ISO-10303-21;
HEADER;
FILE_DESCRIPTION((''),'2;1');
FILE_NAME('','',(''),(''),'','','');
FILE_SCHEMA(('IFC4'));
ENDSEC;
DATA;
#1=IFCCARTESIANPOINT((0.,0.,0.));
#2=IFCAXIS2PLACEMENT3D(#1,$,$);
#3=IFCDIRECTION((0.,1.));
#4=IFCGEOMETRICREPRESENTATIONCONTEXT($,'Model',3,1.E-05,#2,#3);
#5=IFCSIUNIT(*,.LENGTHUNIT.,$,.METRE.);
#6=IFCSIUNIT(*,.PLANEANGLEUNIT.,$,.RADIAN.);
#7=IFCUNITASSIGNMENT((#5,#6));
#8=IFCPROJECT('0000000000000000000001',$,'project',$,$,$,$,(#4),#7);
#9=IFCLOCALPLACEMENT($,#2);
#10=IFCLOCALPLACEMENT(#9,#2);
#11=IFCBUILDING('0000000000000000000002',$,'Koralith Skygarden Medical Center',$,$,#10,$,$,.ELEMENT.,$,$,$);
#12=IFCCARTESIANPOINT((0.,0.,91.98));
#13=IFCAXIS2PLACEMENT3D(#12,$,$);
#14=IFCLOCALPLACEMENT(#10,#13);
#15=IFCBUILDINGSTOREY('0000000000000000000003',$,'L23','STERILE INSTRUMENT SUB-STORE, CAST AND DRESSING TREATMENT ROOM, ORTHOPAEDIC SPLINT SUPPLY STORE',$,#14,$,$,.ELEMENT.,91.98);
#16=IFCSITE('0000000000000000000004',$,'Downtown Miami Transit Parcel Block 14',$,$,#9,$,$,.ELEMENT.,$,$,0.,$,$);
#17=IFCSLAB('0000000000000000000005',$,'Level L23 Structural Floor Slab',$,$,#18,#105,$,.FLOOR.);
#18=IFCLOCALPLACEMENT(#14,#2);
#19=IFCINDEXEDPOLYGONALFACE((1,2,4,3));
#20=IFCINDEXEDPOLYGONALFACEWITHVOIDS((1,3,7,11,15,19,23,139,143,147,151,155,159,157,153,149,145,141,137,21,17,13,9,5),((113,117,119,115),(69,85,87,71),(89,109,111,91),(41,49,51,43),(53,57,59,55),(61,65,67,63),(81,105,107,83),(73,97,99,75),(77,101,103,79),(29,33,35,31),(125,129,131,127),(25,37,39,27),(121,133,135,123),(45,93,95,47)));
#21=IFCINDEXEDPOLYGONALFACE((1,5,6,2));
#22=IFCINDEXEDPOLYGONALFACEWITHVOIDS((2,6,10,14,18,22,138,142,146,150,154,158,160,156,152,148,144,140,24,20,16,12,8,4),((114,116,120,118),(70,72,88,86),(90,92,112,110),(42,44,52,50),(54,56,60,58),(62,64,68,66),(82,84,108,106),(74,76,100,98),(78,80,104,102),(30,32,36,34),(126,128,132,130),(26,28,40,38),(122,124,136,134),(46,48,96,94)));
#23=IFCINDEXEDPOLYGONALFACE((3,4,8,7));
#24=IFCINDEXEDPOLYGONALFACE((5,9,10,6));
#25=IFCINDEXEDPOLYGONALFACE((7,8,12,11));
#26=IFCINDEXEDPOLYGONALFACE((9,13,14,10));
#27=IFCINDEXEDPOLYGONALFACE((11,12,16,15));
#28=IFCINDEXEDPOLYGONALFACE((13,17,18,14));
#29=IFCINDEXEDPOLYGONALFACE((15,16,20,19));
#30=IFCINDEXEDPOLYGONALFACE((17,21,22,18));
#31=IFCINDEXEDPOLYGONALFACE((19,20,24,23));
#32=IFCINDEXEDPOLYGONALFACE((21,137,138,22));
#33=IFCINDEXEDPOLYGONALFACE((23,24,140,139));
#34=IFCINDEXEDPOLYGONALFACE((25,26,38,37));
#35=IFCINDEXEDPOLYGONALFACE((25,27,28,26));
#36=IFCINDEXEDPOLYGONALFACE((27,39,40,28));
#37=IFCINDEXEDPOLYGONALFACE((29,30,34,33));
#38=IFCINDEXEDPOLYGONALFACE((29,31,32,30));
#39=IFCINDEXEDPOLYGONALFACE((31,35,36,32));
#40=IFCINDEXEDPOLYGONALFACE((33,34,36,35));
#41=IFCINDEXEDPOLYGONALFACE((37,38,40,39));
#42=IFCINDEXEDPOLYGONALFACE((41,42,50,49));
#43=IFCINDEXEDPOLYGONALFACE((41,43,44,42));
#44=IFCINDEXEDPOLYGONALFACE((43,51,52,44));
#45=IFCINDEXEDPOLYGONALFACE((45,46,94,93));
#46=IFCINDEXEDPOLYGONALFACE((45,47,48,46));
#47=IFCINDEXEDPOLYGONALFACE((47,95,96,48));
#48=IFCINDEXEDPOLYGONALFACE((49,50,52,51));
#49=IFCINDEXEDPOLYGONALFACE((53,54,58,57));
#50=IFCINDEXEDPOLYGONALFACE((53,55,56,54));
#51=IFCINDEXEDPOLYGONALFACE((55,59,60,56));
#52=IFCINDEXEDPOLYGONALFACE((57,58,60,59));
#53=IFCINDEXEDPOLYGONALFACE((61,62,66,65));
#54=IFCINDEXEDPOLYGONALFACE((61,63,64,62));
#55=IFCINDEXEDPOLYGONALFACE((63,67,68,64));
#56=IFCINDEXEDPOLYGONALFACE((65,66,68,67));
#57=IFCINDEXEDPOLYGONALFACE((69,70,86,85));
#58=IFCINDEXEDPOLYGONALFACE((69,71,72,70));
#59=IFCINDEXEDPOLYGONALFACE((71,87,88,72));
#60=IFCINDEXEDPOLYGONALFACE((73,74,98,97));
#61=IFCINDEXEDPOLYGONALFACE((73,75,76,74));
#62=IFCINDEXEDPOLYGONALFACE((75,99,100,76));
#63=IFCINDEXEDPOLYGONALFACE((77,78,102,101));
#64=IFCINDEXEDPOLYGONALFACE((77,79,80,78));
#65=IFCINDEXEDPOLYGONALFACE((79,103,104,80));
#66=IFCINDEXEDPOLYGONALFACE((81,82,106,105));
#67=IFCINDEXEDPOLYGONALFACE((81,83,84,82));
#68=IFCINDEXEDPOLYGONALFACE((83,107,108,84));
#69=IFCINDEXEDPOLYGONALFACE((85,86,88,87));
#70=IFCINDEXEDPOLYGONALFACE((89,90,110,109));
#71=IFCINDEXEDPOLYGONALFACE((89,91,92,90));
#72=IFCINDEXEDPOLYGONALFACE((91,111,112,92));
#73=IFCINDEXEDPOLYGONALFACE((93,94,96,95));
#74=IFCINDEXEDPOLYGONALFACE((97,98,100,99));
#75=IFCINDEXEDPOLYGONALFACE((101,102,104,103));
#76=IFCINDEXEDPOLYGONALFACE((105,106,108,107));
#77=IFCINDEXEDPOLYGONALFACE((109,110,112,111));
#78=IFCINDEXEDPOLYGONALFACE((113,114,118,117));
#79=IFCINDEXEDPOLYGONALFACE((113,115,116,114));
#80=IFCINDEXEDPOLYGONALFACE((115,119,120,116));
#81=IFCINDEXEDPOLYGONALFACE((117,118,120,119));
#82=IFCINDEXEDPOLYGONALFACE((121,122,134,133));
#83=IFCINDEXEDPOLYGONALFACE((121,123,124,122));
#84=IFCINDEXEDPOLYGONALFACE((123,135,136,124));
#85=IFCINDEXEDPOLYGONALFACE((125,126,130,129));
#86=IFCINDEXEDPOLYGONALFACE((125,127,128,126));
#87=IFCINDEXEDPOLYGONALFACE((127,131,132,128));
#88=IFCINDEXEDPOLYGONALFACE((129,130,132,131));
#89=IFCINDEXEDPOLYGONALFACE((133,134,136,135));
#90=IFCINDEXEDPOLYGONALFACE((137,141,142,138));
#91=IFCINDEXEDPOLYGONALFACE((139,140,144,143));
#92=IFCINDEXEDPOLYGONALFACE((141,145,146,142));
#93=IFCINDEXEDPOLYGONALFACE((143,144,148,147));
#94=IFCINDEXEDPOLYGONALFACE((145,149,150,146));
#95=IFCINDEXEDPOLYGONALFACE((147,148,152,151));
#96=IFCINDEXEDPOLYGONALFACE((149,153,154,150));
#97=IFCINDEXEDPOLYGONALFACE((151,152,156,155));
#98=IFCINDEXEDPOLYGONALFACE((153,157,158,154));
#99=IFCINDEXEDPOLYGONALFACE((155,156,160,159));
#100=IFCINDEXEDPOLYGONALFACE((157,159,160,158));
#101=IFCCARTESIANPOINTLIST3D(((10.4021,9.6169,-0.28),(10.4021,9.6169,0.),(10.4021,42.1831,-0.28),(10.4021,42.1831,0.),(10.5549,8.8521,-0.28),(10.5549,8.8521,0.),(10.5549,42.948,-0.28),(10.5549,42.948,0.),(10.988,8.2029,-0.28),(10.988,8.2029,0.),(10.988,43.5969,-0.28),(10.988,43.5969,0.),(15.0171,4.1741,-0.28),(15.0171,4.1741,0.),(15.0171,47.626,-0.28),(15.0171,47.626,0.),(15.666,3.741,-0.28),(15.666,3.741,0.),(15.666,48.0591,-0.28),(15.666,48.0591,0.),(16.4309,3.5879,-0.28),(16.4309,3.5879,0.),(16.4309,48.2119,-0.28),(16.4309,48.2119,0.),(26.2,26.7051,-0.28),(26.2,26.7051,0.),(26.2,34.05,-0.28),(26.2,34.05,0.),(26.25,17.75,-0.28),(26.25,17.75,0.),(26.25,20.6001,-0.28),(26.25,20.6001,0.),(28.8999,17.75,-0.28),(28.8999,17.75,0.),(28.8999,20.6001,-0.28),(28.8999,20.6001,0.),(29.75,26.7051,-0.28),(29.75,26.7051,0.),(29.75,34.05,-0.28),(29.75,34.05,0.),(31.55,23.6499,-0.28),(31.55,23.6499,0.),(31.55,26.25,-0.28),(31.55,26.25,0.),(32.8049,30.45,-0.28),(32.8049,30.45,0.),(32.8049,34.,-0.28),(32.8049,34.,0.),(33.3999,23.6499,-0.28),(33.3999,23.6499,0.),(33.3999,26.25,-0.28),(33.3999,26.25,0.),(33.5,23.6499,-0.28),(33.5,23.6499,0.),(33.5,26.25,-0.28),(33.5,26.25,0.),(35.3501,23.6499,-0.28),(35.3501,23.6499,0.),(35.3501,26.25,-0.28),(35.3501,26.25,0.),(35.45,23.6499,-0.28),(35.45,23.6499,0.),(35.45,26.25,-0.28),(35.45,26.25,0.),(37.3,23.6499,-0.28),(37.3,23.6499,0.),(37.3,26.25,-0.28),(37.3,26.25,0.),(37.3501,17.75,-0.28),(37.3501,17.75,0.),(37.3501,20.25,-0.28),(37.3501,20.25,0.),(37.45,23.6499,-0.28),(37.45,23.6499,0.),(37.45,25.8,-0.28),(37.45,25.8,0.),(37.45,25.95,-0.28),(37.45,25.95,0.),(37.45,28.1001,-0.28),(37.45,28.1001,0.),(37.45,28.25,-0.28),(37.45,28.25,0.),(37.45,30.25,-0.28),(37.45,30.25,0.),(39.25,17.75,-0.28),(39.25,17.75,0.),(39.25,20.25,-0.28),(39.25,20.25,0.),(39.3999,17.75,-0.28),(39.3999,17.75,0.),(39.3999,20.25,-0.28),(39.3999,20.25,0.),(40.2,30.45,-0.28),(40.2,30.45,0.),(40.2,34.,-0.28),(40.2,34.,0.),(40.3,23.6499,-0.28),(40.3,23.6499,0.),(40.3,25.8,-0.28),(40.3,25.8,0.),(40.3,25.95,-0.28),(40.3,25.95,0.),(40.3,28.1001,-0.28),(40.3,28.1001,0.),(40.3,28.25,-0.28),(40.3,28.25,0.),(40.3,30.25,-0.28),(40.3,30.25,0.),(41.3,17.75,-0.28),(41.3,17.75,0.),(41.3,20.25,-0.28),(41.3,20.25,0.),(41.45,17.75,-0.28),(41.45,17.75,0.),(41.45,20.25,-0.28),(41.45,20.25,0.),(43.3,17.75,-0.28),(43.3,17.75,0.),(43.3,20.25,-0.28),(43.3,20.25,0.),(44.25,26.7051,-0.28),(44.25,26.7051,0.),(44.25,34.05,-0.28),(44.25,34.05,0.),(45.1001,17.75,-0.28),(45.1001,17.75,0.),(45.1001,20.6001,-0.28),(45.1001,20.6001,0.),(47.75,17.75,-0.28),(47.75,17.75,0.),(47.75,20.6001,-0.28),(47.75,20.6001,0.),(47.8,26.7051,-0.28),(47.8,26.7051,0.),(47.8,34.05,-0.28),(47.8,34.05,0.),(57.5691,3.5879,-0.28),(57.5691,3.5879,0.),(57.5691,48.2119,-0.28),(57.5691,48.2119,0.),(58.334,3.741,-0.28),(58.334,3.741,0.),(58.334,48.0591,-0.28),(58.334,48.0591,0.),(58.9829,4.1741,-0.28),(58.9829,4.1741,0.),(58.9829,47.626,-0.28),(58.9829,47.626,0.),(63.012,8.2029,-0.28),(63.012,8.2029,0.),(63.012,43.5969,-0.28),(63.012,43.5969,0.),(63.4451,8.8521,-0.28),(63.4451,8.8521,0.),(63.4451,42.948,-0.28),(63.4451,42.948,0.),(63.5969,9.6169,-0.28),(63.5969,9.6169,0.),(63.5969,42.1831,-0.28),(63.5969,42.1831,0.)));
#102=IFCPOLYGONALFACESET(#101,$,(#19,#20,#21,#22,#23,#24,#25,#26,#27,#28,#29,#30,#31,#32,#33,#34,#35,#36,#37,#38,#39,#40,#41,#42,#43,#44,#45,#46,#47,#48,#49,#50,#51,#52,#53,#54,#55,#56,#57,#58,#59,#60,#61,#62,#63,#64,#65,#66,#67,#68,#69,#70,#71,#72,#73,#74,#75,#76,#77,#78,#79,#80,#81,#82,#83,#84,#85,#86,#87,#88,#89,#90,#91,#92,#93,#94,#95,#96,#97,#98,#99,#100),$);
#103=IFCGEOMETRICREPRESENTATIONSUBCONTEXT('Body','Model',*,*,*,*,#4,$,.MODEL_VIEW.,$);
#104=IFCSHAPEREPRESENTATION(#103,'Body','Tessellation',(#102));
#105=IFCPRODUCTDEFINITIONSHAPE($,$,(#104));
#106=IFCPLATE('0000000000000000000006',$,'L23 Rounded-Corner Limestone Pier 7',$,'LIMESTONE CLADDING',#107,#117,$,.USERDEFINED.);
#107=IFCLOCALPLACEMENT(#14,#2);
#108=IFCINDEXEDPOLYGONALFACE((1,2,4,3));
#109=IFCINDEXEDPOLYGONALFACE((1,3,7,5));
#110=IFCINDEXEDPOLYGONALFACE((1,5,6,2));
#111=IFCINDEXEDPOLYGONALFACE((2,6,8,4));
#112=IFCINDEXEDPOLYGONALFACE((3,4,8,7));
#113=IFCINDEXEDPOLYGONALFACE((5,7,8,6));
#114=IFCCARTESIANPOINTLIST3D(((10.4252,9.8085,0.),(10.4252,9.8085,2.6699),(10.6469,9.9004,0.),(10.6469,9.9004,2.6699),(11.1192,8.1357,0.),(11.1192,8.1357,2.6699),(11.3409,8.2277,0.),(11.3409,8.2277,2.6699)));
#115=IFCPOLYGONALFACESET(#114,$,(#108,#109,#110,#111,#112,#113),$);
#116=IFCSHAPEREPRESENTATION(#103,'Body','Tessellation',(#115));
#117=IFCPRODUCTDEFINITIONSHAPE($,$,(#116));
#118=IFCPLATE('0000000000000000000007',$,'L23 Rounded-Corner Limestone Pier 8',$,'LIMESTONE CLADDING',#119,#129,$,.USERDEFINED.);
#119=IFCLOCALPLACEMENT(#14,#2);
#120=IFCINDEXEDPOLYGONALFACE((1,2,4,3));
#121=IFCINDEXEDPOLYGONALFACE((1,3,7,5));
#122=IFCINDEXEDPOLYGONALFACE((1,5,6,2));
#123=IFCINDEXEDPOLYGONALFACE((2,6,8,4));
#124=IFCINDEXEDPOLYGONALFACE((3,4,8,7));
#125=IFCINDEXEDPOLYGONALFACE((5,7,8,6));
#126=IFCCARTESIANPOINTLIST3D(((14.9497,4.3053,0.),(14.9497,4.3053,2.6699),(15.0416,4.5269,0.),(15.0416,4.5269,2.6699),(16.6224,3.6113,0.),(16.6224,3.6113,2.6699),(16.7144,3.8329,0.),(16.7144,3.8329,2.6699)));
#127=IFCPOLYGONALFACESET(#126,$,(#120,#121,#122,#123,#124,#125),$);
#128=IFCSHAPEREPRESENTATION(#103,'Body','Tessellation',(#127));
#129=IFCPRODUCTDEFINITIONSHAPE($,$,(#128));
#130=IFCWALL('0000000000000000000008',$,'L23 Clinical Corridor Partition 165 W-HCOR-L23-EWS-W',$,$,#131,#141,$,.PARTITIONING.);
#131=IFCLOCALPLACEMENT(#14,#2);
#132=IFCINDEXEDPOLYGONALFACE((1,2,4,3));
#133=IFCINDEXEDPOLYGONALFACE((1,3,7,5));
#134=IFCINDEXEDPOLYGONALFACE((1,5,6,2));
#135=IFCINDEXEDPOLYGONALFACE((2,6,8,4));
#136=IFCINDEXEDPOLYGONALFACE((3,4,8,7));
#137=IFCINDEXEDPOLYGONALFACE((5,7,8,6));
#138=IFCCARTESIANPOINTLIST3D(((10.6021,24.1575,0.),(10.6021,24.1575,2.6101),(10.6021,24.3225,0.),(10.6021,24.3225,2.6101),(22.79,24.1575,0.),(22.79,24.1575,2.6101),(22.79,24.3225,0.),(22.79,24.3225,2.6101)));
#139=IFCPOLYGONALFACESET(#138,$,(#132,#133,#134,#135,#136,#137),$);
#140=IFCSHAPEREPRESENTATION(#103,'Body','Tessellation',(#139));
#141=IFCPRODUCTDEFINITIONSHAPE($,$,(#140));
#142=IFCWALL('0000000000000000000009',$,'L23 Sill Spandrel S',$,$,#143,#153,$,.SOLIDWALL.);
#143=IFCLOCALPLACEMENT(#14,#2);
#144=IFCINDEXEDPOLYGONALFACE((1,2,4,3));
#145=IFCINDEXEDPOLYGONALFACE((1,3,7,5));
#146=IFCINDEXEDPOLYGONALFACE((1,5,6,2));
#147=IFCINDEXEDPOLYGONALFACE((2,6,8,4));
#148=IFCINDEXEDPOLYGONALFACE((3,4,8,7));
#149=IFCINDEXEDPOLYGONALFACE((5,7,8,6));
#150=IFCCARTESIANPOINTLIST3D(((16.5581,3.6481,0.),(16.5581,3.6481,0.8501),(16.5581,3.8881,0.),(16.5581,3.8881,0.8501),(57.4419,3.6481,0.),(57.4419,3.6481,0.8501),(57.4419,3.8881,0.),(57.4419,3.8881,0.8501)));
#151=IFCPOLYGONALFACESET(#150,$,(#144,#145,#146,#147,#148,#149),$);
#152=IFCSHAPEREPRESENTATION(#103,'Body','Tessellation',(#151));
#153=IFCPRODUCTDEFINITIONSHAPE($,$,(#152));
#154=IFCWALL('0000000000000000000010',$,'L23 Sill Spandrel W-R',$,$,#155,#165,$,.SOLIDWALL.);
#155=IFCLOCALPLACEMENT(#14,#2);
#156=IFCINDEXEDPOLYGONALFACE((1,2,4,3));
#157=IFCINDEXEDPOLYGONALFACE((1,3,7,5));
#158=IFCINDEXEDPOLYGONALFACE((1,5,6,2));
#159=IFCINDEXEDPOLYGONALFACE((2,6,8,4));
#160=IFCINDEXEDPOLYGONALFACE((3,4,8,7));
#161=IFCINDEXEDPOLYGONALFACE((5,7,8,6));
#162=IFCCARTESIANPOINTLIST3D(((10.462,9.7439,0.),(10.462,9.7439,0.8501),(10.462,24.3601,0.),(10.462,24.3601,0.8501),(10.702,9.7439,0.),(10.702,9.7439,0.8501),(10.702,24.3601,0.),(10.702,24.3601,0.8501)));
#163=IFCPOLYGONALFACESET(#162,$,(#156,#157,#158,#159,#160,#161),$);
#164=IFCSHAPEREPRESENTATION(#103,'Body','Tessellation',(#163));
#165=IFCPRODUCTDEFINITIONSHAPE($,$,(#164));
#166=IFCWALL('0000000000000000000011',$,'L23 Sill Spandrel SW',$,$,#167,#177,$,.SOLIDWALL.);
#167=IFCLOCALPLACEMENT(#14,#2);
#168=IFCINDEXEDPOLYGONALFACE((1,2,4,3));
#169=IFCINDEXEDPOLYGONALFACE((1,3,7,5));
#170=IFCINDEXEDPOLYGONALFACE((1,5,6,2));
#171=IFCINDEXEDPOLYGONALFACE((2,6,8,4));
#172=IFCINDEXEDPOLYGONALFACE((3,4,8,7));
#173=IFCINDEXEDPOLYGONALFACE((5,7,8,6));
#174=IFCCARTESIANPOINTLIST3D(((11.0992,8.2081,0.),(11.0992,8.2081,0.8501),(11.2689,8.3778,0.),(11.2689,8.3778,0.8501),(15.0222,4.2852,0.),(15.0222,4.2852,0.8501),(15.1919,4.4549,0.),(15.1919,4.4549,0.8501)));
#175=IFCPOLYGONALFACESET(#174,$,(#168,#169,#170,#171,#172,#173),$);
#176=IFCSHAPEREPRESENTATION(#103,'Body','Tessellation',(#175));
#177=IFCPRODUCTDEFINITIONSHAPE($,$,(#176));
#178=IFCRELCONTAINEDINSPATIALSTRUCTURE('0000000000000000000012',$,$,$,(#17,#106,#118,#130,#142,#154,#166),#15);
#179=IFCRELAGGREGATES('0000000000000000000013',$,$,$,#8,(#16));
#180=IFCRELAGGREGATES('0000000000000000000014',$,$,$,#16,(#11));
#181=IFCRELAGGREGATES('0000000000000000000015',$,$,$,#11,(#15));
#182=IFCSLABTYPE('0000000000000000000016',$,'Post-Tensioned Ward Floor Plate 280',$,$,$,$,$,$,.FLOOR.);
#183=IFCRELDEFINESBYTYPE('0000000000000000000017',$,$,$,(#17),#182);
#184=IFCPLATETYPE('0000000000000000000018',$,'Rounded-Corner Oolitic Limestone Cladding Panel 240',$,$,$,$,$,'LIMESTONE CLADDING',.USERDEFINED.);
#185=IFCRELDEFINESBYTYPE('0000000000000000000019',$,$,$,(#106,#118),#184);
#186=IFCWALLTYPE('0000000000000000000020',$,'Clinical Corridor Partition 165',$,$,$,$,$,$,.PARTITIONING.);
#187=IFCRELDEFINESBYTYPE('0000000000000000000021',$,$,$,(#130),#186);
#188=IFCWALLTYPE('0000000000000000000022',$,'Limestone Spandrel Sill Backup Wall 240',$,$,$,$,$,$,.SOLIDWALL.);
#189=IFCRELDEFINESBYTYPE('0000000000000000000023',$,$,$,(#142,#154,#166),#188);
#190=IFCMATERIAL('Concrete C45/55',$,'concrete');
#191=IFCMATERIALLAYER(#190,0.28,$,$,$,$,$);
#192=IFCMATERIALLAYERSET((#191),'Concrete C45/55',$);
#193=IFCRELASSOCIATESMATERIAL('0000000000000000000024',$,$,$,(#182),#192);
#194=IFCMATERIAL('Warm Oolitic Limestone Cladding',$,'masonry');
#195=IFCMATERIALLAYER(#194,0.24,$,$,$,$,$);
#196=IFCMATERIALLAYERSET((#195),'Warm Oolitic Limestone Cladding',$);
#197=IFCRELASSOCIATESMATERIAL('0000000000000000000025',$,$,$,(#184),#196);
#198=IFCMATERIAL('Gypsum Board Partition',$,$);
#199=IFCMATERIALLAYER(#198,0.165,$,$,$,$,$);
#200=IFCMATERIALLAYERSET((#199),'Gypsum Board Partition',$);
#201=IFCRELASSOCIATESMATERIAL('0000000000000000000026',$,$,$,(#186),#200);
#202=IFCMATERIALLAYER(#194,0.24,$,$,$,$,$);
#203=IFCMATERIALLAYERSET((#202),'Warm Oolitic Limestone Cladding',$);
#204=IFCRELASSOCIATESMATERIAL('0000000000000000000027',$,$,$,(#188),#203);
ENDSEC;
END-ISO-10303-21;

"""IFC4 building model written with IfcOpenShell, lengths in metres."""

from ifc_helpers import new_model, si_unit, direction, frame, frame_2d, origin, origin_2d, place, context, subcontext, project, spatial, polyline, rectangle, outline, extrude, material, layer, layer_set, type_object, element, save


model = new_model("IFC4")

# Units and contexts
model_context = context("Model", 3, precision=1e-05, world=origin(), true_north=direction((0.0, 1.0)))
body_context = subcontext(model_context, "Body", "Model", "MODEL_VIEW")
ifc_project = project(units=[si_unit("LENGTHUNIT", "METRE"), si_unit("PLANEANGLEUNIT", "RADIAN")], contexts=[model_context])

# Site, building, storey
site_placement = place(None, origin())
site = spatial("IfcSite", under=ifc_project, at=site_placement, Name="Downtown Miami Transit Parcel Block 14", CompositionType="ELEMENT", RefElevation=0.0)
building_placement = place(site_placement, origin())
building = spatial("IfcBuilding", under=site, at=building_placement, Name="Koralith Skygarden Medical Center", CompositionType="ELEMENT")
storey_placement = place(building_placement, frame((0.0, 0.0, 91.98)))
storey = spatial("IfcBuildingStorey", under=building, at=storey_placement, Name="L23", Description="STERILE INSTRUMENT SUB-STORE, CAST AND DRESSING TREATMENT ROOM, ORTHOPAEDIC SPLINT SUPPLY STORE", CompositionType="ELEMENT", Elevation=91.98)

# Shared definitions
ifc_material_1 = material(Name="Concrete C45/55", Category="concrete")

# Slab
ifc_layer_1 = layer(ifc_material_1, 0.28)
ifc_layer_set_1 = layer_set([ifc_layer_1], Name="Concrete C45/55")
slab_type_1 = type_object("IfcSlabType", Name="Post-Tensioned Ward Floor Plate 280", PredefinedType="FLOOR", material=ifc_layer_set_1)
slab_1_placement = place(storey_placement, frame((0.0, 0.0, -0.28)))
element("IfcSlab", 1, at=slab_1_placement, inside=storey, type_object=slab_type_1, Name="Level L23 Structural Floor Slab", PredefinedType="FLOOR", context=body_context, shape_type="SweptSolid", body=[
    extrude(outline(polyline([(15.0171, 4.1741), (15.666, 3.741), (16.4309, 3.5879), (57.5691, 3.5879), (58.334, 3.741), (58.9829, 4.1741), (63.012, 8.2029), (63.4451, 8.8521), (63.5969, 9.6169), (63.5969, 42.1831), (63.4451, 42.948), (63.012, 43.5969), (58.9829, 47.626), (58.334, 48.0591), (57.5691, 48.2119), (16.4309, 48.2119), (15.666, 48.0591), (15.0171, 47.626), (10.988, 43.5969), (10.5549, 42.948), (10.4021, 42.1831), (10.4021, 9.6169), (10.5549, 8.8521), (10.988, 8.2029), (15.0171, 4.1741)]), holes=[polyline([(26.2, 26.7051), (29.75, 26.7051), (29.75, 34.05), (26.2, 34.05), (26.2, 26.7051)]), polyline([(44.25, 26.7051), (47.8, 26.7051), (47.8, 34.05), (44.25, 34.05), (44.25, 26.7051)]), polyline([(32.8049, 30.45), (40.2, 30.45), (40.2, 34.0), (32.8049, 34.0), (32.8049, 30.45)]), polyline([(26.25, 17.75), (28.8999, 17.75), (28.8999, 20.6001), (26.25, 20.6001), (26.25, 17.75)]), polyline([(45.1001, 17.75), (47.75, 17.75), (47.75, 20.6001), (45.1001, 20.6001), (45.1001, 17.75)]), polyline([(37.3501, 17.75), (39.25, 17.75), (39.25, 20.25), (37.3501, 20.25), (37.3501, 17.75)]), polyline([(39.3999, 17.75), (41.3, 17.75), (41.3, 20.25), (39.3999, 20.25), (39.3999, 17.75)]), polyline([(41.45, 17.75), (43.3, 17.75), (43.3, 20.25), (41.45, 20.25), (41.45, 17.75)]), polyline([(31.55, 23.6499), (33.3999, 23.6499), (33.3999, 26.25), (31.55, 26.25), (31.55, 23.6499)]), polyline([(33.5, 23.6499), (35.3501, 23.6499), (35.3501, 26.25), (33.5, 26.25), (33.5, 23.6499)]), polyline([(35.45, 23.6499), (37.3, 23.6499), (37.3, 26.25), (35.45, 26.25), (35.45, 23.6499)]), polyline([(37.45, 23.6499), (40.3, 23.6499), (40.3, 25.8), (37.45, 25.8), (37.45, 23.6499)]), polyline([(37.45, 25.95), (40.3, 25.95), (40.3, 28.1001), (37.45, 28.1001), (37.45, 25.95)]), polyline([(37.45, 28.25), (40.3, 28.25), (40.3, 30.25), (37.45, 30.25), (37.45, 28.25)])]), origin(), (0.0, 0.0, 1.0), 0.28),
])

# Plates
ifc_material_2 = material(Name="Warm Oolitic Limestone Cladding", Category="masonry")
ifc_layer_2 = layer(ifc_material_2, 0.24)
ifc_layer_set_2 = layer_set([ifc_layer_2], Name="Warm Oolitic Limestone Cladding")
plate_type_1 = type_object("IfcPlateType", Name="Rounded-Corner Oolitic Limestone Cladding Panel 240", ElementType="LIMESTONE CLADDING", PredefinedType="USERDEFINED", material=ifc_layer_set_2)
for number, where, z_axis, x_axis, name in (
    (2, (10.8831, 9.0181, 0.0), (0.0, 0.0, 1.0), (0.383214, -0.92366, 0.0), "L23 Rounded-Corner Limestone Pier 7"),
    (3, (15.832, 4.0691, 0.0), (0.0, 0.0, 1.0), (0.92366, -0.383214, 0.0), "L23 Rounded-Corner Limestone Pier 8"),
):
    element("IfcPlate", number, at=place(storey_placement, frame(where, z_axis=z_axis, x_axis=x_axis)), inside=storey, type_object=plate_type_1, Name=name, ObjectType="LIMESTONE CLADDING", PredefinedType="USERDEFINED", context=body_context, shape_type="SweptSolid", body=[
        extrude(rectangle(XDim=1.811, YDim=0.24, at=origin_2d()), origin(), (0.0, 0.0, 1.0), 2.6699),
    ])

# Walls
ifc_material_3 = material(Name="Gypsum Board Partition")
ifc_layer_3 = layer(ifc_material_3, 0.165)
ifc_layer_set_3 = layer_set([ifc_layer_3], Name="Gypsum Board Partition")
wall_type_1 = type_object("IfcWallType", Name="Clinical Corridor Partition 165", PredefinedType="PARTITIONING", material=ifc_layer_set_3)
wall_1_placement = place(storey_placement, frame((10.6021, 24.24, 0.0), z_axis=(0.0, 0.0, 1.0), x_axis=(1.0, 0.0, 0.0)))
element("IfcWall", 4, at=wall_1_placement, inside=storey, type_object=wall_type_1, Name="L23 Clinical Corridor Partition 165 W-HCOR-L23-EWS-W", PredefinedType="PARTITIONING", context=body_context, shape_type="SweptSolid", body=[
    extrude(rectangle(XDim=12.188, YDim=0.165, at=frame_2d((6.094, 0.0))), origin(), (0.0, 0.0, 1.0), 2.6101),
])
ifc_layer_4 = layer(ifc_material_2, 0.24)
ifc_layer_set_4 = layer_set([ifc_layer_4], Name="Warm Oolitic Limestone Cladding")
wall_type_2 = type_object("IfcWallType", Name="Limestone Spandrel Sill Backup Wall 240", PredefinedType="SOLIDWALL", material=ifc_layer_set_4)
wall_2_placement = place(storey_placement, frame((16.5581, 3.7681, 0.0), z_axis=(0.0, 0.0, 1.0), x_axis=(1.0, 0.0, 0.0)))
element("IfcWall", 5, at=wall_2_placement, inside=storey, type_object=wall_type_2, Name="L23 Sill Spandrel S", PredefinedType="SOLIDWALL", context=body_context, shape_type="SweptSolid", body=[
    extrude(rectangle(XDim=40.8838, YDim=0.24, at=frame_2d((20.4419, 0.0))), origin(), (0.0, 0.0, 1.0), 0.8501),
])
wall_3_placement = place(storey_placement, frame((10.582, 24.3601, 0.0), z_axis=(0.0, 0.0, 1.0), x_axis=(0.0, -1.0, 0.0)))
element("IfcWall", 6, at=wall_3_placement, inside=storey, type_object=wall_type_2, Name="L23 Sill Spandrel W-R", PredefinedType="SOLIDWALL", context=body_context, shape_type="SweptSolid", body=[
    extrude(rectangle(XDim=14.6162, YDim=0.24, at=frame_2d((7.3081, 0.0))), origin(), (0.0, 0.0, 1.0), 0.8501),
])
wall_4_placement = place(storey_placement, frame((11.1841, 8.293, 0.0), z_axis=(0.0, 0.0, 1.0), x_axis=(0.707107, -0.707107, 0.0)))
element("IfcWall", 7, at=wall_4_placement, inside=storey, type_object=wall_type_2, Name="L23 Sill Spandrel SW", PredefinedType="SOLIDWALL", context=body_context, shape_type="SweptSolid", body=[
    extrude(rectangle(XDim=5.5479, YDim=0.24, at=frame_2d((2.7739, 0.0))), origin(), (0.0, 0.0, 1.0), 0.8501),
])

save(model, "model.ifc")
